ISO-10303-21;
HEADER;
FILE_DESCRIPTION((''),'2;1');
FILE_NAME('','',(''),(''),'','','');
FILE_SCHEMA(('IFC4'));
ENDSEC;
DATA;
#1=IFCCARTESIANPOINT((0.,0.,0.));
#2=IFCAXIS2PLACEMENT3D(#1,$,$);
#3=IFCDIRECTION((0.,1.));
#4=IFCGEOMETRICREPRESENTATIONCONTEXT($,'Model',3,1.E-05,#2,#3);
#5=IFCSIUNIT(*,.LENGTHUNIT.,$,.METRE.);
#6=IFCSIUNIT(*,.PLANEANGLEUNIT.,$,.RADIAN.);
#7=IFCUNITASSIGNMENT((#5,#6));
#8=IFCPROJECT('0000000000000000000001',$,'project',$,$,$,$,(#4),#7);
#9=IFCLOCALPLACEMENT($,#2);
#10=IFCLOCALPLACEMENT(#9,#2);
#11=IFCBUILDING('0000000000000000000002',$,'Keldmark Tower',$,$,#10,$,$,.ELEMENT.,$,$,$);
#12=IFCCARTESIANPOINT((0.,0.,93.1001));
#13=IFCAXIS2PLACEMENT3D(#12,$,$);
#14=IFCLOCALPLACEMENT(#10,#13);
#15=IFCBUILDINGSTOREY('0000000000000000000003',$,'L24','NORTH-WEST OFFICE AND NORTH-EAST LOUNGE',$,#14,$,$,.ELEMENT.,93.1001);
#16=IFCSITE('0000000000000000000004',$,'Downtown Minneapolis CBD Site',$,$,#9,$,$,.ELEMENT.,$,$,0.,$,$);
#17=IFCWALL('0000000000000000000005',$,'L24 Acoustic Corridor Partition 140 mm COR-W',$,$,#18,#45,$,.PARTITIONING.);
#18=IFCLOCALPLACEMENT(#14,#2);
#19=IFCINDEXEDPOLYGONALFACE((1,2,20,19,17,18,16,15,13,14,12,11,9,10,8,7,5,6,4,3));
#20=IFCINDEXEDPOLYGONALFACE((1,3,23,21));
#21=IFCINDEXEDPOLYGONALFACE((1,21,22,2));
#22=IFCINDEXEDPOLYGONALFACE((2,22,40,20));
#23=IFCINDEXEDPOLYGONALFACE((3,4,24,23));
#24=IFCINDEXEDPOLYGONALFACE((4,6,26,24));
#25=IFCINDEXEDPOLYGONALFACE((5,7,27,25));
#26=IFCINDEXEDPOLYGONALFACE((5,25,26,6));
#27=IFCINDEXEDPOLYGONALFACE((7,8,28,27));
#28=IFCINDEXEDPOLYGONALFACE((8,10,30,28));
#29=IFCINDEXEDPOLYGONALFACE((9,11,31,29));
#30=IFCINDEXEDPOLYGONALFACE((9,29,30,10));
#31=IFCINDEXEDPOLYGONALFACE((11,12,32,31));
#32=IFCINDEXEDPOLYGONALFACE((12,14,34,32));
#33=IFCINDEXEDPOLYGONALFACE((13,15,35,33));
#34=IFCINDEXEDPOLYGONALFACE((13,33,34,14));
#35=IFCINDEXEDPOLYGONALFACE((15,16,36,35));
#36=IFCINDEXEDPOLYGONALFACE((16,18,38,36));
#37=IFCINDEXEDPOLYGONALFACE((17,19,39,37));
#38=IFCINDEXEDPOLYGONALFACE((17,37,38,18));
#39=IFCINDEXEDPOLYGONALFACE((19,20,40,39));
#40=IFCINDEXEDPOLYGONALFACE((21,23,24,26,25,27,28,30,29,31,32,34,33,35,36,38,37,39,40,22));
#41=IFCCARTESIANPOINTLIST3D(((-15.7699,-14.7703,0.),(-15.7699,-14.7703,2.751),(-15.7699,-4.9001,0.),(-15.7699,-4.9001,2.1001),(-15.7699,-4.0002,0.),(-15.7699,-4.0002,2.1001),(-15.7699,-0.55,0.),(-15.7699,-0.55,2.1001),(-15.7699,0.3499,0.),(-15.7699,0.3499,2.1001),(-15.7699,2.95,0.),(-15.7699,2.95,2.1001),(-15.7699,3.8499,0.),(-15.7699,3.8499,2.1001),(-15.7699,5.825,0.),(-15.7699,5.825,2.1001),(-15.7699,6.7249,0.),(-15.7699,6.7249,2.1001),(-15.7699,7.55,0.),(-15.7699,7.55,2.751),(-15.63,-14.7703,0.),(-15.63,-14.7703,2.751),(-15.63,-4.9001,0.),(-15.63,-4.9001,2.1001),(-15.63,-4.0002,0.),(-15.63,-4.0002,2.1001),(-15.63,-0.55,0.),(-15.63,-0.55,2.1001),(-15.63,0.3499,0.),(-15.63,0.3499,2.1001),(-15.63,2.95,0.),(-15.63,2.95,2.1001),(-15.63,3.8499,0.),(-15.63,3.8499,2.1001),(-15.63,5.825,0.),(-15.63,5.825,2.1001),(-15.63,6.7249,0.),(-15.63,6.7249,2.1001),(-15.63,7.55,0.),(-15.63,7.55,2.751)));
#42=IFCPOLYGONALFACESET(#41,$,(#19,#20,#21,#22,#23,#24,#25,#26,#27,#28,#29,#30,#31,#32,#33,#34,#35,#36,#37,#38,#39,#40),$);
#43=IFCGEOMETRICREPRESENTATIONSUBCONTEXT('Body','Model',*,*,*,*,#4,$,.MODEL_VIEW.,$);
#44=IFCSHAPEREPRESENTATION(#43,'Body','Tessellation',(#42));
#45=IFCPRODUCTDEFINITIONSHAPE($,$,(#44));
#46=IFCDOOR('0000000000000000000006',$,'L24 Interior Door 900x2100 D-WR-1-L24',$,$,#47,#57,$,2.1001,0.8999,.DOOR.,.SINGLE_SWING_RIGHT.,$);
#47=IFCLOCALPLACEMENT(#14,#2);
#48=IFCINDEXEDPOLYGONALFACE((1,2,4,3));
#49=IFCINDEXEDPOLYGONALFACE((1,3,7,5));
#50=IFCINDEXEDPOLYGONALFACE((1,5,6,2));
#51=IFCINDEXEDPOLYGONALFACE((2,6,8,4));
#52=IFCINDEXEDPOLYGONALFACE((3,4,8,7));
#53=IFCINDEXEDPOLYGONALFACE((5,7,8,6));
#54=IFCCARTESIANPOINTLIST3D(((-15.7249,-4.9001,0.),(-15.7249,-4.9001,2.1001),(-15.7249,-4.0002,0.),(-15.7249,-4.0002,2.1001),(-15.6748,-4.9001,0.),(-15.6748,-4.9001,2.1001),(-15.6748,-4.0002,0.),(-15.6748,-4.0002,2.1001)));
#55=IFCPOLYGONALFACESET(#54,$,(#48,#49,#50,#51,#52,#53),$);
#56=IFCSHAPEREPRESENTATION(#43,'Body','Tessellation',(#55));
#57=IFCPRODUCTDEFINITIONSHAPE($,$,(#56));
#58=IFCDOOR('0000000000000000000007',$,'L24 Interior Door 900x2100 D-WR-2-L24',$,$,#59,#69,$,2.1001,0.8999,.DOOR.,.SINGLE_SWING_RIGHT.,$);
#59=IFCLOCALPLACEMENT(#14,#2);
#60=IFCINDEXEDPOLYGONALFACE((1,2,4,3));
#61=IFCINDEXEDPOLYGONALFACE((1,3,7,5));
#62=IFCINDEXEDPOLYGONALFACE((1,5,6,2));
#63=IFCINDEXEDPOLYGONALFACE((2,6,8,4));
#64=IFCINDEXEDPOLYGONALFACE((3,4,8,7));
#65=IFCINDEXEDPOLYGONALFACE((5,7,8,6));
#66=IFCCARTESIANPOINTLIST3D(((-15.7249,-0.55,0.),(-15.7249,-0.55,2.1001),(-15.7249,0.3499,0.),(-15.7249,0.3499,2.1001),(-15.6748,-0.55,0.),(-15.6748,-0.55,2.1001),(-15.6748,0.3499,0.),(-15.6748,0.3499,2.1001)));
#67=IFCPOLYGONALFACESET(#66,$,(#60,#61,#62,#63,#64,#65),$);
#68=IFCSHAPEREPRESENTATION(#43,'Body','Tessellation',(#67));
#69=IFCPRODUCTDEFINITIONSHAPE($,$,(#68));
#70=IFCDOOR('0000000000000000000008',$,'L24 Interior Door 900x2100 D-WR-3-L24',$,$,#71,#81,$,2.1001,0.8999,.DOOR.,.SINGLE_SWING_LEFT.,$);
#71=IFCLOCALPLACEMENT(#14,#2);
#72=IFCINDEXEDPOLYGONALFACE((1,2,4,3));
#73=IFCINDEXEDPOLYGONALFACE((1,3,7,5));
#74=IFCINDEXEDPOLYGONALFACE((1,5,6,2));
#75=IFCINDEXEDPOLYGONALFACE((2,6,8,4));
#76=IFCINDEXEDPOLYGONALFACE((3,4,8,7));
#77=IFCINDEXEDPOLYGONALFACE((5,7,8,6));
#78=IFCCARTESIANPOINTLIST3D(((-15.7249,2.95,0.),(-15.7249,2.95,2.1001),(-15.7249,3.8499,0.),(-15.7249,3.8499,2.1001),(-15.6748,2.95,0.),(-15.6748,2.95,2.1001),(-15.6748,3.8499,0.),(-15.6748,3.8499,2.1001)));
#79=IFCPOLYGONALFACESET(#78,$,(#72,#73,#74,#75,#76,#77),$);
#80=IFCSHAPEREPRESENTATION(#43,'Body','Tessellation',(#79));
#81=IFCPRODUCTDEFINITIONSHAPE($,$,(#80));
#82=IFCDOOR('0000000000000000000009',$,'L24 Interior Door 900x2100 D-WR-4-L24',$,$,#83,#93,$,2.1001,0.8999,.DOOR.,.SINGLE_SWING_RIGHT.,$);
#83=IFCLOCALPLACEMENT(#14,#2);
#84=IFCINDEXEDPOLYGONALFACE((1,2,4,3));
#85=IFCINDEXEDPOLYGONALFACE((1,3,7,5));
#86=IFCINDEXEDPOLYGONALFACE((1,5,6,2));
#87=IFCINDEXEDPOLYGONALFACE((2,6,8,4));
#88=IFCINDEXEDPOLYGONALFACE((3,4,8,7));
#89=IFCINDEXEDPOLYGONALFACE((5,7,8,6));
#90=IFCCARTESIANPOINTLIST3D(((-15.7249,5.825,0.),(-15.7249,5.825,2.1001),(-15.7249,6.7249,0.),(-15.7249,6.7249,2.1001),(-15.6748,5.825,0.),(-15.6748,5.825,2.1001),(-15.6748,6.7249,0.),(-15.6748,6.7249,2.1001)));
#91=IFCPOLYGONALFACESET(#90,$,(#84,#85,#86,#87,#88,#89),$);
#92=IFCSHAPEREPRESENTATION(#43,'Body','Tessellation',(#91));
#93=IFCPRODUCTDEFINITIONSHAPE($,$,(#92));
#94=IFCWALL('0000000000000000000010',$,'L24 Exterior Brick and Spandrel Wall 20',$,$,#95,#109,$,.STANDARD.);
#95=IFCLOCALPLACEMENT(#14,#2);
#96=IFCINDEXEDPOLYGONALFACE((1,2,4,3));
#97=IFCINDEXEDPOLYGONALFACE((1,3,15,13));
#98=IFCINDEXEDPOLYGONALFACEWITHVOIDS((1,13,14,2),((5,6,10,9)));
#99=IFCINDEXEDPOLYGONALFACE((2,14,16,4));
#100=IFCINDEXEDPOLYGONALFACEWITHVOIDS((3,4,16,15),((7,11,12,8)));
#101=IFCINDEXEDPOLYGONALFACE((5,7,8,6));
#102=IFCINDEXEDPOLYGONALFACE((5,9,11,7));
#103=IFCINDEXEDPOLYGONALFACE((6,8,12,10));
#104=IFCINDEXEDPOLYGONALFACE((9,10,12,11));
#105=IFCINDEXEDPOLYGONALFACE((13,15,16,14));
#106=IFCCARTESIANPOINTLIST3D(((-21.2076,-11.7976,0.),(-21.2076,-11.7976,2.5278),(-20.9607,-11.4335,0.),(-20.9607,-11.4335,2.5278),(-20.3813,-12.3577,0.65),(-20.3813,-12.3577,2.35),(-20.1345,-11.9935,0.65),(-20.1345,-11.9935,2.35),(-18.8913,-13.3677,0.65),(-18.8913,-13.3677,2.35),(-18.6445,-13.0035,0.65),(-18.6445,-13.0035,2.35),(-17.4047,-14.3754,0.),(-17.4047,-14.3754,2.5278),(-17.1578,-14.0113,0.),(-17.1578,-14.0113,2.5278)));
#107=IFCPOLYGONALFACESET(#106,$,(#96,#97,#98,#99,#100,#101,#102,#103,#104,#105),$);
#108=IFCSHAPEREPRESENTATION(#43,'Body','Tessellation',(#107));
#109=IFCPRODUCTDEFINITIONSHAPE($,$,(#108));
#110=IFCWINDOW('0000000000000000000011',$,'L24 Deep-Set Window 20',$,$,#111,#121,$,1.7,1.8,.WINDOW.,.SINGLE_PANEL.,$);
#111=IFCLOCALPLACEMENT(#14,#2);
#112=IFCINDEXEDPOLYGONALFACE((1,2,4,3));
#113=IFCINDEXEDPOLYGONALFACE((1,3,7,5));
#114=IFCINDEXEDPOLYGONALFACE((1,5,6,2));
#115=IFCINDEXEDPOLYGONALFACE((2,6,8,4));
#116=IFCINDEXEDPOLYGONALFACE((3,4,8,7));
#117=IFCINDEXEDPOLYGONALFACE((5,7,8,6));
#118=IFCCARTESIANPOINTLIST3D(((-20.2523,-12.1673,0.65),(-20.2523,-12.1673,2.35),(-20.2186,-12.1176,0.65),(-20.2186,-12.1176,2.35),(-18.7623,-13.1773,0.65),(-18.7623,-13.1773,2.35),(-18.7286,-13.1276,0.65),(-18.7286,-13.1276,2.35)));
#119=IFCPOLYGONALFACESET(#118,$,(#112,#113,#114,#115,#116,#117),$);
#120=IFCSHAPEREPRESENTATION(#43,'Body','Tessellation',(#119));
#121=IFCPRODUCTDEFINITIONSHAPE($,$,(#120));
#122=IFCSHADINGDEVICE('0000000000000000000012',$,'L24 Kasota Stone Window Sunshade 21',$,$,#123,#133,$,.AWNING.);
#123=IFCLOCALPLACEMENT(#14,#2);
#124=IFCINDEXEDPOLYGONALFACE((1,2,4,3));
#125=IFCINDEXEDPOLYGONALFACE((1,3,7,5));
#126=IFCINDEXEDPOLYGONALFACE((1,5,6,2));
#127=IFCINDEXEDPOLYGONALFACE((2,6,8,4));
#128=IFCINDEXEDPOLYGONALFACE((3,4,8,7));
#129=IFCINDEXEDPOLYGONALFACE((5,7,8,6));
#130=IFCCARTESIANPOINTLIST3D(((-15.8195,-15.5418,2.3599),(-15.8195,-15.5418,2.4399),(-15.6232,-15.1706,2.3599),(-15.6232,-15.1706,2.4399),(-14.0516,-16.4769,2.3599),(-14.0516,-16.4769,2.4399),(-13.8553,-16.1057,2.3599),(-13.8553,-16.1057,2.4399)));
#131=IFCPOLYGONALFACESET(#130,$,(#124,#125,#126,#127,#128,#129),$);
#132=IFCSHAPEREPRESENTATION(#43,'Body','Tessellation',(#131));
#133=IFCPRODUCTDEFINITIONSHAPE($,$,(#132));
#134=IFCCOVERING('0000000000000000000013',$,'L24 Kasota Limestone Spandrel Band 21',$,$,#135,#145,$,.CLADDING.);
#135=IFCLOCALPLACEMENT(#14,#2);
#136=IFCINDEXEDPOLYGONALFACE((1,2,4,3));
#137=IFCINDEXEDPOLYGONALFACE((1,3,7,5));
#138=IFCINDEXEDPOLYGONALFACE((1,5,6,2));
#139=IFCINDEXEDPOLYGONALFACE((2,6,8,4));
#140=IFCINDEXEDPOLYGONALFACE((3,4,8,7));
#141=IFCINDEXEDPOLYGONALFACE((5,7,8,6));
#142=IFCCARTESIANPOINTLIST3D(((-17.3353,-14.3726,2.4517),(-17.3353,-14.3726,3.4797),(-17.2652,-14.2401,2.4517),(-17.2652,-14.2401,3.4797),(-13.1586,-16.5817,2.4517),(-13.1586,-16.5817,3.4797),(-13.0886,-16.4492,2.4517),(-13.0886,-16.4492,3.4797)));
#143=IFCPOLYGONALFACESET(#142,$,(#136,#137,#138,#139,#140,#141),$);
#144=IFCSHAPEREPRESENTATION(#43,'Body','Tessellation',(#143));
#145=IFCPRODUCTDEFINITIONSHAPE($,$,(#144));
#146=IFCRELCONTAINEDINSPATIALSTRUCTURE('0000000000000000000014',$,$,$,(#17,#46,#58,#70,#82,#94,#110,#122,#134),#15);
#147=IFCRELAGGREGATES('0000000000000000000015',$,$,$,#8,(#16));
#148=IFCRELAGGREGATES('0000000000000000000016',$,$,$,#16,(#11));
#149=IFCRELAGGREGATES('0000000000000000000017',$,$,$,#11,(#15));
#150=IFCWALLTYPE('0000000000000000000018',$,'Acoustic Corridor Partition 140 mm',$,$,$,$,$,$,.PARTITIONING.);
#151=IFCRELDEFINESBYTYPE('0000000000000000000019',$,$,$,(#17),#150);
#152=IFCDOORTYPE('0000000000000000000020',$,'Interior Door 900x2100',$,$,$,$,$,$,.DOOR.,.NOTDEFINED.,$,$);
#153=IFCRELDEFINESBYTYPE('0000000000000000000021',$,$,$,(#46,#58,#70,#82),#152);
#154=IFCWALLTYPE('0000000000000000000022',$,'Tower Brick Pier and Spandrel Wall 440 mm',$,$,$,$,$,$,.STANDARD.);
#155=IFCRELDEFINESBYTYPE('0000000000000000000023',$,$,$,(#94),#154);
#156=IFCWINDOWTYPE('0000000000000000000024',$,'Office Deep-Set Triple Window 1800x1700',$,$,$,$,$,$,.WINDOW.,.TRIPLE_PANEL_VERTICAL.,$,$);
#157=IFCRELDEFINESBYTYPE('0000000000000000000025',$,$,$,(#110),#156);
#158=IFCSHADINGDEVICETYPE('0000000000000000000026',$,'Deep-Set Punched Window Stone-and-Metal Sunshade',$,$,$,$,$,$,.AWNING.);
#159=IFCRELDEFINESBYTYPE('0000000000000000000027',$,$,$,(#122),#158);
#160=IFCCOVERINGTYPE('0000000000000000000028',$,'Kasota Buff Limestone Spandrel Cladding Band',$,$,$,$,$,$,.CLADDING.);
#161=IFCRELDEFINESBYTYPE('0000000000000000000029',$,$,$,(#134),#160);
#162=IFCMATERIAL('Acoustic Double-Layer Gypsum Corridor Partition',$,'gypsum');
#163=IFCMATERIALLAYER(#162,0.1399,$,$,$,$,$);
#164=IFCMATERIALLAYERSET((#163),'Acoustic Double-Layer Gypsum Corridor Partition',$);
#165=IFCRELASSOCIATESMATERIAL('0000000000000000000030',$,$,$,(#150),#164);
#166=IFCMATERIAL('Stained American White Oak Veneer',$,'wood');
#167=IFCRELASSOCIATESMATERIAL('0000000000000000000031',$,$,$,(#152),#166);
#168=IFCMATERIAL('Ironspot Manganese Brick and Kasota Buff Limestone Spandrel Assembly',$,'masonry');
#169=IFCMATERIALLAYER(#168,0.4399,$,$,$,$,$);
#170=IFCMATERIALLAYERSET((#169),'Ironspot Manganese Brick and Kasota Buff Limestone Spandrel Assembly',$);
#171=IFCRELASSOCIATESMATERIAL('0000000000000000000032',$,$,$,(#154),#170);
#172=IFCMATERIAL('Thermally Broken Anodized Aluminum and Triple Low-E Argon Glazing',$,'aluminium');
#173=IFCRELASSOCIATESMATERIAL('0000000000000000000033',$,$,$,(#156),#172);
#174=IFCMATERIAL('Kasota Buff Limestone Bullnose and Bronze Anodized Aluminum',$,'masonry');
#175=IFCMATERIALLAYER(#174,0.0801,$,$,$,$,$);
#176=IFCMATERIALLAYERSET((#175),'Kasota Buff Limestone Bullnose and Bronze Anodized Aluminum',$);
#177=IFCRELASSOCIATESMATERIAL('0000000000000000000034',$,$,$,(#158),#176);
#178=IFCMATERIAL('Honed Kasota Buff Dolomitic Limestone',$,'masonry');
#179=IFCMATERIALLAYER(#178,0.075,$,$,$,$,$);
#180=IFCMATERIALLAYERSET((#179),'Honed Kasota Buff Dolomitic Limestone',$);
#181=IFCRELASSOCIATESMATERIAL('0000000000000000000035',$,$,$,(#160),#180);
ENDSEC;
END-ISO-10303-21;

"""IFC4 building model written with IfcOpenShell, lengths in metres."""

from ifc_helpers import new_model, si_unit, direction, frame, frame_2d, origin, origin_2d, place, context, subcontext, project, spatial, rectangle, extrude, material, layer, layer_set, type_object, element, fill, save


model = new_model("IFC4")

# Units and contexts
model_context = context("Model", 3, precision=1e-05, world=origin(), true_north=direction((0.0, 1.0)))
body_context = subcontext(model_context, "Body", "Model", "MODEL_VIEW")
ifc_project = project(units=[si_unit("LENGTHUNIT", "METRE"), si_unit("PLANEANGLEUNIT", "RADIAN")], contexts=[model_context])

# Site, building, storey
site_placement = place(None, origin())
site = spatial("IfcSite", under=ifc_project, at=site_placement, Name="Downtown Minneapolis CBD Site", CompositionType="ELEMENT", RefElevation=0.0)
building_placement = place(site_placement, origin())
building = spatial("IfcBuilding", under=site, at=building_placement, Name="Keldmark Tower", CompositionType="ELEMENT")
storey_placement = place(building_placement, frame((0.0, 0.0, 93.1001)))
storey = spatial("IfcBuildingStorey", under=building, at=storey_placement, Name="L24", Description="NORTH-WEST OFFICE AND NORTH-EAST LOUNGE", CompositionType="ELEMENT", Elevation=93.1001)

# Wall, openings, doors
ifc_material_1 = material(Name="Acoustic Double-Layer Gypsum Corridor Partition", Category="gypsum")
ifc_layer_1 = layer(ifc_material_1, 0.1399)
ifc_layer_set_1 = layer_set([ifc_layer_1], Name="Acoustic Double-Layer Gypsum Corridor Partition")
wall_type_1 = type_object("IfcWallType", Name="Acoustic Corridor Partition 140 mm", PredefinedType="PARTITIONING", material=ifc_layer_set_1)
ifc_material_2 = material(Name="Stained American White Oak Veneer", Category="wood")
door_type_1 = type_object("IfcDoorType", Name="Interior Door 900x2100", OperationType="NOTDEFINED", PredefinedType="DOOR", material=ifc_material_2)
wall_1_placement = place(storey_placement, frame((-15.7, -14.7703, 0.0), z_axis=(0.0, 0.0, 1.0), x_axis=(0.0, 1.0, 0.0)))
wall_1 = element("IfcWall", 1, at=wall_1_placement, inside=storey, type_object=wall_type_1, Name="L24 Acoustic Corridor Partition 140 mm COR-W", PredefinedType="PARTITIONING", context=body_context, shape_type="SweptSolid", body=[
    extrude(rectangle(XDim=22.3203, YDim=0.1399, at=frame_2d((11.1602, 0.0))), origin(), (0.0, 0.0, 1.0), 2.751),
])
opening_1_placement = place(wall_1_placement, frame((9.8701, 0.0, 0.0)))
opening_1 = element("IfcOpeningElement", 2, at=opening_1_placement, cuts=wall_1, PredefinedType="OPENING", context=body_context, shape_type="SweptSolid", body=[
    extrude(rectangle(XDim=0.8999, YDim=2.1001, at=frame_2d((0.45, 1.05))), frame((0.0, 0.0798, 0.0), z_axis=(0.0, -1.0, 0.0), x_axis=(1.0, 0.0, 0.0)), (0.0, 0.0, 1.0), 0.1599),
])
opening_2_placement = place(wall_1_placement, frame((14.2202, 0.0, 0.0)))
opening_2 = element("IfcOpeningElement", 3, at=opening_2_placement, cuts=wall_1, PredefinedType="OPENING", context=body_context, shape_type="SweptSolid", body=[
    extrude(rectangle(XDim=0.8999, YDim=2.1001, at=frame_2d((0.45, 1.05))), frame((0.0, 0.0798, 0.0), z_axis=(0.0, -1.0, 0.0), x_axis=(1.0, 0.0, 0.0)), (0.0, 0.0, 1.0), 0.1599),
])
opening_3_placement = place(wall_1_placement, frame((17.7202, 0.0, 0.0)))
opening_3 = element("IfcOpeningElement", 4, at=opening_3_placement, cuts=wall_1, PredefinedType="OPENING", context=body_context, shape_type="SweptSolid", body=[
    extrude(rectangle(XDim=0.8999, YDim=2.1001, at=frame_2d((0.45, 1.05))), frame((0.0, 0.0798, 0.0), z_axis=(0.0, -1.0, 0.0), x_axis=(1.0, 0.0, 0.0)), (0.0, 0.0, 1.0), 0.1599),
])
opening_4_placement = place(wall_1_placement, frame((20.5952, 0.0, 0.0)))
opening_4 = element("IfcOpeningElement", 5, at=opening_4_placement, cuts=wall_1, PredefinedType="OPENING", context=body_context, shape_type="SweptSolid", body=[
    extrude(rectangle(XDim=0.8999, YDim=2.1001, at=frame_2d((0.45, 1.05))), frame((0.0, 0.0798, 0.0), z_axis=(0.0, -1.0, 0.0), x_axis=(1.0, 0.0, 0.0)), (0.0, 0.0, 1.0), 0.1599),
])
door_1_placement = place(opening_1_placement, origin())
door_1 = element("IfcDoor", 6, at=door_1_placement, inside=storey, type_object=door_type_1, Name="L24 Interior Door 900x2100 D-WR-1-L24", OperationType="SINGLE_SWING_RIGHT", OverallHeight=2.1001, OverallWidth=0.8999, PredefinedType="DOOR", context=body_context, shape_type="SweptSolid", body=[
    extrude(rectangle(XDim=0.8999, YDim=2.1001, at=frame_2d((0.45, 1.05))), frame((0.0, 0.0249, 0.0), z_axis=(0.0, -1.0, 0.0), x_axis=(1.0, 0.0, 0.0)), (0.0, 0.0, 1.0), 0.05),
])
fill(opening_1, door_1)
door_2_placement = place(opening_2_placement, origin())
door_2 = element("IfcDoor", 7, at=door_2_placement, inside=storey, type_object=door_type_1, Name="L24 Interior Door 900x2100 D-WR-2-L24", OperationType="SINGLE_SWING_RIGHT", OverallHeight=2.1001, OverallWidth=0.8999, PredefinedType="DOOR", context=body_context, shape_type="SweptSolid", body=[
    extrude(rectangle(XDim=0.8999, YDim=2.1001, at=frame_2d((0.45, 1.05))), frame((0.0, 0.0249, 0.0), z_axis=(0.0, -1.0, 0.0), x_axis=(1.0, 0.0, 0.0)), (0.0, 0.0, 1.0), 0.05),
])
fill(opening_2, door_2)
door_3_placement = place(opening_3_placement, origin())
door_3 = element("IfcDoor", 8, at=door_3_placement, inside=storey, type_object=door_type_1, Name="L24 Interior Door 900x2100 D-WR-3-L24", OperationType="SINGLE_SWING_LEFT", OverallHeight=2.1001, OverallWidth=0.8999, PredefinedType="DOOR", context=body_context, shape_type="SweptSolid", body=[
    extrude(rectangle(XDim=0.8999, YDim=2.1001, at=frame_2d((0.45, 1.05))), frame((0.0, 0.0249, 0.0), z_axis=(0.0, -1.0, 0.0), x_axis=(1.0, 0.0, 0.0)), (0.0, 0.0, 1.0), 0.05),
])
fill(opening_3, door_3)
door_4_placement = place(opening_4_placement, origin())
door_4 = element("IfcDoor", 9, at=door_4_placement, inside=storey, type_object=door_type_1, Name="L24 Interior Door 900x2100 D-WR-4-L24", OperationType="SINGLE_SWING_RIGHT", OverallHeight=2.1001, OverallWidth=0.8999, PredefinedType="DOOR", context=body_context, shape_type="SweptSolid", body=[
    extrude(rectangle(XDim=0.8999, YDim=2.1001, at=frame_2d((0.45, 1.05))), frame((0.0, 0.0249, 0.0), z_axis=(0.0, -1.0, 0.0), x_axis=(1.0, 0.0, 0.0)), (0.0, 0.0, 1.0), 0.05),
])
fill(opening_4, door_4)

# Wall, opening, window
ifc_material_3 = material(Name="Ironspot Manganese Brick and Kasota Buff Limestone Spandrel Assembly", Category="masonry")
ifc_layer_2 = layer(ifc_material_3, 0.4399)
ifc_layer_set_2 = layer_set([ifc_layer_2], Name="Ironspot Manganese Brick and Kasota Buff Limestone Spandrel Assembly")
wall_type_2 = type_object("IfcWallType", Name="Tower Brick Pier and Spandrel Wall 440 mm", PredefinedType="STANDARD", material=ifc_layer_set_2)
wall_2_placement = place(storey_placement, frame((-17.2812, -14.1934, 0.0), z_axis=(0.0, 0.0, 1.0), x_axis=(-0.82775, 0.561097, 0.0)))
wall_2 = element("IfcWall", 10, at=wall_2_placement, inside=storey, type_object=wall_type_2, Name="L24 Exterior Brick and Spandrel Wall 20", PredefinedType="STANDARD", context=body_context, shape_type="SweptSolid", body=[
    extrude(rectangle(XDim=4.5942, YDim=0.4399, at=frame_2d((2.2971, 0.0))), origin(), (0.0, 0.0, 1.0), 2.5278),
])
opening_5_placement = place(wall_2_placement, frame((1.7961, 0.0, 0.6499)))
opening_5 = element("IfcOpeningElement", 11, at=opening_5_placement, cuts=wall_2, PredefinedType="OPENING", context=body_context, shape_type="SweptSolid", body=[
    extrude(rectangle(XDim=1.8, YDim=1.7, at=frame_2d((0.8999, 0.8501))), frame((0.0, 0.23, 0.0), z_axis=(0.0, -1.0, 0.0), x_axis=(1.0, 0.0, 0.0)), (0.0, 0.0, 1.0), 0.46),
])
ifc_material_4 = material(Name="Thermally Broken Anodized Aluminum and Triple Low-E Argon Glazing", Category="aluminium")
window_type = type_object("IfcWindowType", Name="Office Deep-Set Triple Window 1800x1700", PartitioningType="TRIPLE_PANEL_VERTICAL", PredefinedType="WINDOW", material=ifc_material_4)
window_placement = place(opening_5_placement, origin())
window = element("IfcWindow", 12, at=window_placement, inside=storey, type_object=window_type, Name="L24 Deep-Set Window 20", OverallHeight=1.7, OverallWidth=1.8, PartitioningType="SINGLE_PANEL", PredefinedType="WINDOW", context=body_context, shape_type="SweptSolid", body=[
    extrude(rectangle(XDim=1.8, YDim=1.7, at=frame_2d((0.8999, 0.8501))), frame((0.0, -0.01, 0.0), z_axis=(0.0, -1.0, 0.0), x_axis=(1.0, 0.0, 0.0)), (0.0, 0.0, 1.0), 0.0601),
])
fill(opening_5, window)

# Shading device
ifc_material_5 = material(Name="Kasota Buff Limestone Bullnose and Bronze Anodized Aluminum", Category="masonry")
ifc_layer_3 = layer(ifc_material_5, 0.0801)
ifc_layer_set_3 = layer_set([ifc_layer_3], Name="Kasota Buff Limestone Bullnose and Bronze Anodized Aluminum")
shading_device_type = type_object("IfcShadingDeviceType", Name="Deep-Set Punched Window Stone-and-Metal Sunshade", PredefinedType="AWNING", material=ifc_layer_set_3)
shading_device_placement = place(storey_placement, frame((-14.8374, -15.8237, 2.3599), z_axis=(0.0, 0.0, 1.0), x_axis=(-0.88397, 0.467544, 0.0)))
element("IfcShadingDevice", 13, at=shading_device_placement, inside=storey, type_object=shading_device_type, Name="L24 Kasota Stone Window Sunshade 21", PredefinedType="AWNING", context=body_context, shape_type="SweptSolid", body=[
    extrude(rectangle(XDim=2.0, YDim=0.4199, at=origin_2d()), origin(), (0.0, 0.0, 1.0), 0.0801),
])

# Covering
ifc_material_6 = material(Name="Honed Kasota Buff Dolomitic Limestone", Category="masonry")
ifc_layer_4 = layer(ifc_material_6, 0.075)
ifc_layer_set_4 = layer_set([ifc_layer_4], Name="Honed Kasota Buff Dolomitic Limestone")
covering_type = type_object("IfcCoveringType", Name="Kasota Buff Limestone Spandrel Cladding Band", PredefinedType="CLADDING", material=ifc_layer_set_4)
covering_placement = place(storey_placement, frame((-15.2119, -15.4109, 2.4517), z_axis=(0.0, 0.0, 1.0), x_axis=(0.88397, -0.467544, 0.0)))
element("IfcCovering", 14, at=covering_placement, inside=storey, type_object=covering_type, Name="L24 Kasota Limestone Spandrel Band 21", PredefinedType="CLADDING", context=body_context, shape_type="SweptSolid", body=[
    extrude(rectangle(XDim=4.7249, YDim=0.1499, at=origin_2d()), origin(), (0.0, 0.0, 1.0), 1.0281),
])

save(model, "model.ifc")
